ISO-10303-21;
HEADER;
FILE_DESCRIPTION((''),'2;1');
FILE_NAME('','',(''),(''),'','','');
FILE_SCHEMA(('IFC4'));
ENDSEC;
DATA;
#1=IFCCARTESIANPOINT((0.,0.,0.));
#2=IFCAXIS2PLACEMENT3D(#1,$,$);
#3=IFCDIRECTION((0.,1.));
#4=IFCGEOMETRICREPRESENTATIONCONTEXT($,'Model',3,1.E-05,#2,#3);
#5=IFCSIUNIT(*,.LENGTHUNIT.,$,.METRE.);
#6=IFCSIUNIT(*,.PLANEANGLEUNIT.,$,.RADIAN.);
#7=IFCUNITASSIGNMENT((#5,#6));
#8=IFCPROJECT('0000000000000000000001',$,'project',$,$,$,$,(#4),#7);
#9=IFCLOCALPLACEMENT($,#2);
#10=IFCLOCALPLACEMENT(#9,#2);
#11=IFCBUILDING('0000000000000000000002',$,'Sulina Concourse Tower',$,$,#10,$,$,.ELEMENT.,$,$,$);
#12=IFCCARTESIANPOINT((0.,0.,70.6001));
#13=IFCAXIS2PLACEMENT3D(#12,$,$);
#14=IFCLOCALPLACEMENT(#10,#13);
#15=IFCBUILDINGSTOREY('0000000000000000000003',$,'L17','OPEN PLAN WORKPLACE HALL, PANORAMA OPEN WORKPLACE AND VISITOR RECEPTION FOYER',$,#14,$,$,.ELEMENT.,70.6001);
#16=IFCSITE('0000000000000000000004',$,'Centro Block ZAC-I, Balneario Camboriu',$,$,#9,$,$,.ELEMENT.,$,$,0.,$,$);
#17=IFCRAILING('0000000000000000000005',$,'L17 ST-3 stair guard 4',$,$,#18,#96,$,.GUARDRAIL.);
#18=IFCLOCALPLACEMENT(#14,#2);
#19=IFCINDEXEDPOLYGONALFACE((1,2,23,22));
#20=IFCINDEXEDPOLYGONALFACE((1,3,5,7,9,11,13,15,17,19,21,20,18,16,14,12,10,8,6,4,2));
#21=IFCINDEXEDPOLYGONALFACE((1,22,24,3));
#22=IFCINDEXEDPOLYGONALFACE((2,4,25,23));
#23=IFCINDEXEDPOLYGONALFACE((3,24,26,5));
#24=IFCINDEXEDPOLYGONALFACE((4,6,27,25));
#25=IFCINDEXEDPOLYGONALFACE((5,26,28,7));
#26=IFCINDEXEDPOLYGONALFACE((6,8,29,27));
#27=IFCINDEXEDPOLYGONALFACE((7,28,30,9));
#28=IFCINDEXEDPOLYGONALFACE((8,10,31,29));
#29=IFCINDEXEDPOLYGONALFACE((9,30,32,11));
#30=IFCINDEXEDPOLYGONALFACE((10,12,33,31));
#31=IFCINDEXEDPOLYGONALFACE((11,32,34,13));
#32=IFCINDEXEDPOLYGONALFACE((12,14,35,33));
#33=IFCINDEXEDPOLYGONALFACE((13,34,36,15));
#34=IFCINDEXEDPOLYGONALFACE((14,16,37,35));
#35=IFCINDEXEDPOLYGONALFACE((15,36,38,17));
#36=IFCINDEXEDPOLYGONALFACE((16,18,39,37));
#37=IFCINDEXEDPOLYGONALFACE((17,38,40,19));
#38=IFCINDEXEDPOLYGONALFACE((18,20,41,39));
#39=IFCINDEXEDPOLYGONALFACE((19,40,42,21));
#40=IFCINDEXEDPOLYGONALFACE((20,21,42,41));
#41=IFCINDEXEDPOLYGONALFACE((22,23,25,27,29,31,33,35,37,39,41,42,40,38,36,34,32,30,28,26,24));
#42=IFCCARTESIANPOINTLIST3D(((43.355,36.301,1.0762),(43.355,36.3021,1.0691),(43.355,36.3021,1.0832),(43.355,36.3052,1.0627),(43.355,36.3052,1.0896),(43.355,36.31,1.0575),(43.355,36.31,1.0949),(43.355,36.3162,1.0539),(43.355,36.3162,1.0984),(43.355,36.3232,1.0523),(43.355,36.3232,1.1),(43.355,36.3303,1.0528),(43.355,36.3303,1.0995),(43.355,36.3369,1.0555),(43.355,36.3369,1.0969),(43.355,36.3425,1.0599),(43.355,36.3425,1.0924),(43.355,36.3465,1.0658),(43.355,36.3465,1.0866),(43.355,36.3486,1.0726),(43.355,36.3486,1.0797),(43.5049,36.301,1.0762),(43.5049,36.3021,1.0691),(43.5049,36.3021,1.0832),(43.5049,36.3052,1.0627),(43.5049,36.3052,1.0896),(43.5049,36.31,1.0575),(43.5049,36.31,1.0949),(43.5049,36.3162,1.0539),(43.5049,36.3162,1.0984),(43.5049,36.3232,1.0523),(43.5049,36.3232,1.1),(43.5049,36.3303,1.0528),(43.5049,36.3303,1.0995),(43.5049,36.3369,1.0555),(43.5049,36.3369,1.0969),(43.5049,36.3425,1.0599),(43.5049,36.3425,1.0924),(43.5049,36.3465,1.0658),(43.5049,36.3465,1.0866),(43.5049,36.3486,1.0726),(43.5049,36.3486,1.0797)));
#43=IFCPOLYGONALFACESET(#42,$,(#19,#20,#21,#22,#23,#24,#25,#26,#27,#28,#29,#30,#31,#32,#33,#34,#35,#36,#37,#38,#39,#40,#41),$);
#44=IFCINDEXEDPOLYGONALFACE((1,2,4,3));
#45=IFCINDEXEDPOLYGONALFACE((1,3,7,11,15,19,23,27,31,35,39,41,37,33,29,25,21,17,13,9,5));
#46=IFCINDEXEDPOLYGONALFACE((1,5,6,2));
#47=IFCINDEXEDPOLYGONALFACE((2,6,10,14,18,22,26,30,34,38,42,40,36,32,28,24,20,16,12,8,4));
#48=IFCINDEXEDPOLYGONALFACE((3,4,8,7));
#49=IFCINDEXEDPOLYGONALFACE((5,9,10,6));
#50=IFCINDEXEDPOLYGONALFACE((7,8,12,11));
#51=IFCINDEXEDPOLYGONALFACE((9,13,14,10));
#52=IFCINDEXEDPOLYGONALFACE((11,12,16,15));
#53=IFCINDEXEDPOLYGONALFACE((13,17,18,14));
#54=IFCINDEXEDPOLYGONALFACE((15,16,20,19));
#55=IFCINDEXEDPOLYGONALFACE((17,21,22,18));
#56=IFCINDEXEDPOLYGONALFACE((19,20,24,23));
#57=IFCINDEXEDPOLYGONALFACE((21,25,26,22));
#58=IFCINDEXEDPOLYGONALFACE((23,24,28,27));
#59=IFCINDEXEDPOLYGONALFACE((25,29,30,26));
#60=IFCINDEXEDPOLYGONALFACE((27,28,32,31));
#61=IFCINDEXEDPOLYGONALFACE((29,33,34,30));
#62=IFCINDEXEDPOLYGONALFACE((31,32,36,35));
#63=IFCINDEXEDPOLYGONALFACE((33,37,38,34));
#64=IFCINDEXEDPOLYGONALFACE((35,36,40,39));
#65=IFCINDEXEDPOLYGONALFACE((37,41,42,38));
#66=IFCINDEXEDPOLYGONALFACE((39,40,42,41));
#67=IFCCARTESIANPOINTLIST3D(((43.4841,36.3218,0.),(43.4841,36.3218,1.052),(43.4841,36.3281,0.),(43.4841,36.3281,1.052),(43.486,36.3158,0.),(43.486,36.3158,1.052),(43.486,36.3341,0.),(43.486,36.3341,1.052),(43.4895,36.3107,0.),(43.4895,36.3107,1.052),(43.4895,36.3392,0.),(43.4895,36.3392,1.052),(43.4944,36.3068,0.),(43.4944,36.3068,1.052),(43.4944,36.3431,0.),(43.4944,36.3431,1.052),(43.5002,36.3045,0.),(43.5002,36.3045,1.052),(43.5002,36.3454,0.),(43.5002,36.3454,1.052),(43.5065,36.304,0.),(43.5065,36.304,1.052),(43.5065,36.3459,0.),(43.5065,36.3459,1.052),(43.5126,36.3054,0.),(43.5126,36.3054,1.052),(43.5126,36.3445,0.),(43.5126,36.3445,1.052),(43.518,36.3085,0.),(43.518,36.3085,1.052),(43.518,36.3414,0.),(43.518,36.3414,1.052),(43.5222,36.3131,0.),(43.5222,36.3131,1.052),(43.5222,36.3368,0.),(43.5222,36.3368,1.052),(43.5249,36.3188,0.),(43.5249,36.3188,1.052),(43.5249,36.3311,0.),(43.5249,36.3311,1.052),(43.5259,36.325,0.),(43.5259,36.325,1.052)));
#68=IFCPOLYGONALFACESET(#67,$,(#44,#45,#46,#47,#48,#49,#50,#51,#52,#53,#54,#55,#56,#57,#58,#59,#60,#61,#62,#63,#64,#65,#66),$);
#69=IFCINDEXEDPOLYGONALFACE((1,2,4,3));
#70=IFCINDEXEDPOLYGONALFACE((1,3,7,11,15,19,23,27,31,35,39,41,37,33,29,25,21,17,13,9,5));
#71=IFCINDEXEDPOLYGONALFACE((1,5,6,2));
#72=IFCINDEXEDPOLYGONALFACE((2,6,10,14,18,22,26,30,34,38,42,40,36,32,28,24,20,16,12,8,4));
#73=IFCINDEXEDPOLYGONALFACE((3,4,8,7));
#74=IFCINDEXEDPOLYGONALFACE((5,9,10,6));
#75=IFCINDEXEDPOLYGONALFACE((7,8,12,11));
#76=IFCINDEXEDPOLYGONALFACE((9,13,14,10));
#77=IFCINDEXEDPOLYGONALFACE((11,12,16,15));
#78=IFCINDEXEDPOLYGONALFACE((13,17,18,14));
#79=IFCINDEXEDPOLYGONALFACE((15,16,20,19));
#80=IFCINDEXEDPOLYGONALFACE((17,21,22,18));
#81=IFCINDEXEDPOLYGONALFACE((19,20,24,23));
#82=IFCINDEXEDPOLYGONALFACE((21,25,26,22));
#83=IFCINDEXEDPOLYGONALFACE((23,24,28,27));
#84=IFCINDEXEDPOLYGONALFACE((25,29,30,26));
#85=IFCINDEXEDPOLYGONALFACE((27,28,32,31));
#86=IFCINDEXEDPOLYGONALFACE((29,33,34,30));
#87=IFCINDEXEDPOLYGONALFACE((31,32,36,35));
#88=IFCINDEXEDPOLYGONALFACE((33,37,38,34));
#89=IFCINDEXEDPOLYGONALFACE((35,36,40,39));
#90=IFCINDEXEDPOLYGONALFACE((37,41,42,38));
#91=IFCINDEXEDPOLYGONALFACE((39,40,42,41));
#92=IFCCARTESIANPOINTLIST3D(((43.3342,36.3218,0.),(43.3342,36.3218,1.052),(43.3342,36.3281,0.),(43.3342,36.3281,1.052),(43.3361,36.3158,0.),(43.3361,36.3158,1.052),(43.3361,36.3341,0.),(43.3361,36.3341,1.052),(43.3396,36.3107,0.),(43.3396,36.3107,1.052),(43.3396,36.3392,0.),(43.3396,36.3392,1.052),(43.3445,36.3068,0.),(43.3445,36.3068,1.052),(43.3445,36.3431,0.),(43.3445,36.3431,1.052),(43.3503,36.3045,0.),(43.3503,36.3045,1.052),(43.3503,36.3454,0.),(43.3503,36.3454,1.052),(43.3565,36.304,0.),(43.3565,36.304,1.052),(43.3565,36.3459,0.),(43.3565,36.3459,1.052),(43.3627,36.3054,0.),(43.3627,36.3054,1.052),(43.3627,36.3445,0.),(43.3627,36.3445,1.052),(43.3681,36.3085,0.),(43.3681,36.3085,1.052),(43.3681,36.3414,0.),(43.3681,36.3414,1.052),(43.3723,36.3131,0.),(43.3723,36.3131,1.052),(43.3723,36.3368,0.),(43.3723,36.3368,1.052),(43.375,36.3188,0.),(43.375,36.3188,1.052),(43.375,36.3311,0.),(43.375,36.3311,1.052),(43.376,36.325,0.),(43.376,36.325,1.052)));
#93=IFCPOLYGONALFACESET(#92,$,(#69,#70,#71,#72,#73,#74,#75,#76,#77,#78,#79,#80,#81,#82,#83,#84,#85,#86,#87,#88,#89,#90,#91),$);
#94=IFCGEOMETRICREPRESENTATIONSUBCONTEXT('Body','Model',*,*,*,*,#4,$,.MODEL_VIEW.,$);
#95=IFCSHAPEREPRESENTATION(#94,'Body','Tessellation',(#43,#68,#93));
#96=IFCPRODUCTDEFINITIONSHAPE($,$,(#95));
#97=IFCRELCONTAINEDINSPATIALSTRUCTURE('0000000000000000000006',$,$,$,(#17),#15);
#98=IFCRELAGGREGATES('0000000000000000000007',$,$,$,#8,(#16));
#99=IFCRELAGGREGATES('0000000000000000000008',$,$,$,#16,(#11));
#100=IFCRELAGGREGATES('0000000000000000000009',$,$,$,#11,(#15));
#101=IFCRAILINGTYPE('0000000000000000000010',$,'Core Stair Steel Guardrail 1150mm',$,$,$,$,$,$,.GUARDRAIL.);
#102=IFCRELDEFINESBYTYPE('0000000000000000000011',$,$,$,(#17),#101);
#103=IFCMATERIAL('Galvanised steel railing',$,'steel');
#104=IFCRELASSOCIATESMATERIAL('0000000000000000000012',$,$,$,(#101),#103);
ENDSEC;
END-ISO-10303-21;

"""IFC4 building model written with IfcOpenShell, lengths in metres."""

from ifc_helpers import new_model, si_unit, direction, frame, origin, origin_2d, place, context, subcontext, project, spatial, circle, extrude, material, type_object, element, save


model = new_model("IFC4")

# Units and contexts
model_context = context("Model", 3, precision=1e-05, world=origin(), true_north=direction((0.0, 1.0)))
body_context = subcontext(model_context, "Body", "Model", "MODEL_VIEW")
ifc_project = project(units=[si_unit("LENGTHUNIT", "METRE"), si_unit("PLANEANGLEUNIT", "RADIAN")], contexts=[model_context])

# Site, building, storey
site_placement = place(None, origin())
site = spatial("IfcSite", under=ifc_project, at=site_placement, Name="Centro Block ZAC-I, Balneario Camboriu", CompositionType="ELEMENT", RefElevation=0.0)
building_placement = place(site_placement, origin())
building = spatial("IfcBuilding", under=site, at=building_placement, Name="Sulina Concourse Tower", CompositionType="ELEMENT")
storey_placement = place(building_placement, frame((0.0, 0.0, 70.6001)))
storey = spatial("IfcBuildingStorey", under=building, at=storey_placement, Name="L17", Description="OPEN PLAN WORKPLACE HALL, PANORAMA OPEN WORKPLACE AND VISITOR RECEPTION FOYER", CompositionType="ELEMENT", Elevation=70.6001)

# Railing
ifc_material_1 = material(Name="Galvanised steel railing", Category="steel")
railing_type_1 = type_object("IfcRailingType", Name="Core Stair Steel Guardrail 1150mm", PredefinedType="GUARDRAIL", material=ifc_material_1)
railing_1_placement = place(storey_placement, frame((43.5049, 36.325, 0.0)))
element("IfcRailing", 1, at=railing_1_placement, inside=storey, type_object=railing_type_1, Name="L17 ST-3 stair guard 4", PredefinedType="GUARDRAIL", context=body_context, shape_type="SweptSolid", body=[
    extrude(circle(Radius=0.0239, at=origin_2d()), frame((0.0, 0.0, 1.0762), z_axis=(-1.0, 0.0, 0.0), x_axis=(0.0, -1.0, 0.0)), (0.0, 0.0, 1.0), 0.1499),
    extrude(circle(Radius=0.021, at=origin_2d()), origin(), (0.0, 0.0, 1.0), 1.052),
    extrude(circle(Radius=0.021, at=origin_2d()), frame((-0.1499, 0.0, 0.0)), (0.0, 0.0, 1.0), 1.052),
])

save(model, "model.ifc")
